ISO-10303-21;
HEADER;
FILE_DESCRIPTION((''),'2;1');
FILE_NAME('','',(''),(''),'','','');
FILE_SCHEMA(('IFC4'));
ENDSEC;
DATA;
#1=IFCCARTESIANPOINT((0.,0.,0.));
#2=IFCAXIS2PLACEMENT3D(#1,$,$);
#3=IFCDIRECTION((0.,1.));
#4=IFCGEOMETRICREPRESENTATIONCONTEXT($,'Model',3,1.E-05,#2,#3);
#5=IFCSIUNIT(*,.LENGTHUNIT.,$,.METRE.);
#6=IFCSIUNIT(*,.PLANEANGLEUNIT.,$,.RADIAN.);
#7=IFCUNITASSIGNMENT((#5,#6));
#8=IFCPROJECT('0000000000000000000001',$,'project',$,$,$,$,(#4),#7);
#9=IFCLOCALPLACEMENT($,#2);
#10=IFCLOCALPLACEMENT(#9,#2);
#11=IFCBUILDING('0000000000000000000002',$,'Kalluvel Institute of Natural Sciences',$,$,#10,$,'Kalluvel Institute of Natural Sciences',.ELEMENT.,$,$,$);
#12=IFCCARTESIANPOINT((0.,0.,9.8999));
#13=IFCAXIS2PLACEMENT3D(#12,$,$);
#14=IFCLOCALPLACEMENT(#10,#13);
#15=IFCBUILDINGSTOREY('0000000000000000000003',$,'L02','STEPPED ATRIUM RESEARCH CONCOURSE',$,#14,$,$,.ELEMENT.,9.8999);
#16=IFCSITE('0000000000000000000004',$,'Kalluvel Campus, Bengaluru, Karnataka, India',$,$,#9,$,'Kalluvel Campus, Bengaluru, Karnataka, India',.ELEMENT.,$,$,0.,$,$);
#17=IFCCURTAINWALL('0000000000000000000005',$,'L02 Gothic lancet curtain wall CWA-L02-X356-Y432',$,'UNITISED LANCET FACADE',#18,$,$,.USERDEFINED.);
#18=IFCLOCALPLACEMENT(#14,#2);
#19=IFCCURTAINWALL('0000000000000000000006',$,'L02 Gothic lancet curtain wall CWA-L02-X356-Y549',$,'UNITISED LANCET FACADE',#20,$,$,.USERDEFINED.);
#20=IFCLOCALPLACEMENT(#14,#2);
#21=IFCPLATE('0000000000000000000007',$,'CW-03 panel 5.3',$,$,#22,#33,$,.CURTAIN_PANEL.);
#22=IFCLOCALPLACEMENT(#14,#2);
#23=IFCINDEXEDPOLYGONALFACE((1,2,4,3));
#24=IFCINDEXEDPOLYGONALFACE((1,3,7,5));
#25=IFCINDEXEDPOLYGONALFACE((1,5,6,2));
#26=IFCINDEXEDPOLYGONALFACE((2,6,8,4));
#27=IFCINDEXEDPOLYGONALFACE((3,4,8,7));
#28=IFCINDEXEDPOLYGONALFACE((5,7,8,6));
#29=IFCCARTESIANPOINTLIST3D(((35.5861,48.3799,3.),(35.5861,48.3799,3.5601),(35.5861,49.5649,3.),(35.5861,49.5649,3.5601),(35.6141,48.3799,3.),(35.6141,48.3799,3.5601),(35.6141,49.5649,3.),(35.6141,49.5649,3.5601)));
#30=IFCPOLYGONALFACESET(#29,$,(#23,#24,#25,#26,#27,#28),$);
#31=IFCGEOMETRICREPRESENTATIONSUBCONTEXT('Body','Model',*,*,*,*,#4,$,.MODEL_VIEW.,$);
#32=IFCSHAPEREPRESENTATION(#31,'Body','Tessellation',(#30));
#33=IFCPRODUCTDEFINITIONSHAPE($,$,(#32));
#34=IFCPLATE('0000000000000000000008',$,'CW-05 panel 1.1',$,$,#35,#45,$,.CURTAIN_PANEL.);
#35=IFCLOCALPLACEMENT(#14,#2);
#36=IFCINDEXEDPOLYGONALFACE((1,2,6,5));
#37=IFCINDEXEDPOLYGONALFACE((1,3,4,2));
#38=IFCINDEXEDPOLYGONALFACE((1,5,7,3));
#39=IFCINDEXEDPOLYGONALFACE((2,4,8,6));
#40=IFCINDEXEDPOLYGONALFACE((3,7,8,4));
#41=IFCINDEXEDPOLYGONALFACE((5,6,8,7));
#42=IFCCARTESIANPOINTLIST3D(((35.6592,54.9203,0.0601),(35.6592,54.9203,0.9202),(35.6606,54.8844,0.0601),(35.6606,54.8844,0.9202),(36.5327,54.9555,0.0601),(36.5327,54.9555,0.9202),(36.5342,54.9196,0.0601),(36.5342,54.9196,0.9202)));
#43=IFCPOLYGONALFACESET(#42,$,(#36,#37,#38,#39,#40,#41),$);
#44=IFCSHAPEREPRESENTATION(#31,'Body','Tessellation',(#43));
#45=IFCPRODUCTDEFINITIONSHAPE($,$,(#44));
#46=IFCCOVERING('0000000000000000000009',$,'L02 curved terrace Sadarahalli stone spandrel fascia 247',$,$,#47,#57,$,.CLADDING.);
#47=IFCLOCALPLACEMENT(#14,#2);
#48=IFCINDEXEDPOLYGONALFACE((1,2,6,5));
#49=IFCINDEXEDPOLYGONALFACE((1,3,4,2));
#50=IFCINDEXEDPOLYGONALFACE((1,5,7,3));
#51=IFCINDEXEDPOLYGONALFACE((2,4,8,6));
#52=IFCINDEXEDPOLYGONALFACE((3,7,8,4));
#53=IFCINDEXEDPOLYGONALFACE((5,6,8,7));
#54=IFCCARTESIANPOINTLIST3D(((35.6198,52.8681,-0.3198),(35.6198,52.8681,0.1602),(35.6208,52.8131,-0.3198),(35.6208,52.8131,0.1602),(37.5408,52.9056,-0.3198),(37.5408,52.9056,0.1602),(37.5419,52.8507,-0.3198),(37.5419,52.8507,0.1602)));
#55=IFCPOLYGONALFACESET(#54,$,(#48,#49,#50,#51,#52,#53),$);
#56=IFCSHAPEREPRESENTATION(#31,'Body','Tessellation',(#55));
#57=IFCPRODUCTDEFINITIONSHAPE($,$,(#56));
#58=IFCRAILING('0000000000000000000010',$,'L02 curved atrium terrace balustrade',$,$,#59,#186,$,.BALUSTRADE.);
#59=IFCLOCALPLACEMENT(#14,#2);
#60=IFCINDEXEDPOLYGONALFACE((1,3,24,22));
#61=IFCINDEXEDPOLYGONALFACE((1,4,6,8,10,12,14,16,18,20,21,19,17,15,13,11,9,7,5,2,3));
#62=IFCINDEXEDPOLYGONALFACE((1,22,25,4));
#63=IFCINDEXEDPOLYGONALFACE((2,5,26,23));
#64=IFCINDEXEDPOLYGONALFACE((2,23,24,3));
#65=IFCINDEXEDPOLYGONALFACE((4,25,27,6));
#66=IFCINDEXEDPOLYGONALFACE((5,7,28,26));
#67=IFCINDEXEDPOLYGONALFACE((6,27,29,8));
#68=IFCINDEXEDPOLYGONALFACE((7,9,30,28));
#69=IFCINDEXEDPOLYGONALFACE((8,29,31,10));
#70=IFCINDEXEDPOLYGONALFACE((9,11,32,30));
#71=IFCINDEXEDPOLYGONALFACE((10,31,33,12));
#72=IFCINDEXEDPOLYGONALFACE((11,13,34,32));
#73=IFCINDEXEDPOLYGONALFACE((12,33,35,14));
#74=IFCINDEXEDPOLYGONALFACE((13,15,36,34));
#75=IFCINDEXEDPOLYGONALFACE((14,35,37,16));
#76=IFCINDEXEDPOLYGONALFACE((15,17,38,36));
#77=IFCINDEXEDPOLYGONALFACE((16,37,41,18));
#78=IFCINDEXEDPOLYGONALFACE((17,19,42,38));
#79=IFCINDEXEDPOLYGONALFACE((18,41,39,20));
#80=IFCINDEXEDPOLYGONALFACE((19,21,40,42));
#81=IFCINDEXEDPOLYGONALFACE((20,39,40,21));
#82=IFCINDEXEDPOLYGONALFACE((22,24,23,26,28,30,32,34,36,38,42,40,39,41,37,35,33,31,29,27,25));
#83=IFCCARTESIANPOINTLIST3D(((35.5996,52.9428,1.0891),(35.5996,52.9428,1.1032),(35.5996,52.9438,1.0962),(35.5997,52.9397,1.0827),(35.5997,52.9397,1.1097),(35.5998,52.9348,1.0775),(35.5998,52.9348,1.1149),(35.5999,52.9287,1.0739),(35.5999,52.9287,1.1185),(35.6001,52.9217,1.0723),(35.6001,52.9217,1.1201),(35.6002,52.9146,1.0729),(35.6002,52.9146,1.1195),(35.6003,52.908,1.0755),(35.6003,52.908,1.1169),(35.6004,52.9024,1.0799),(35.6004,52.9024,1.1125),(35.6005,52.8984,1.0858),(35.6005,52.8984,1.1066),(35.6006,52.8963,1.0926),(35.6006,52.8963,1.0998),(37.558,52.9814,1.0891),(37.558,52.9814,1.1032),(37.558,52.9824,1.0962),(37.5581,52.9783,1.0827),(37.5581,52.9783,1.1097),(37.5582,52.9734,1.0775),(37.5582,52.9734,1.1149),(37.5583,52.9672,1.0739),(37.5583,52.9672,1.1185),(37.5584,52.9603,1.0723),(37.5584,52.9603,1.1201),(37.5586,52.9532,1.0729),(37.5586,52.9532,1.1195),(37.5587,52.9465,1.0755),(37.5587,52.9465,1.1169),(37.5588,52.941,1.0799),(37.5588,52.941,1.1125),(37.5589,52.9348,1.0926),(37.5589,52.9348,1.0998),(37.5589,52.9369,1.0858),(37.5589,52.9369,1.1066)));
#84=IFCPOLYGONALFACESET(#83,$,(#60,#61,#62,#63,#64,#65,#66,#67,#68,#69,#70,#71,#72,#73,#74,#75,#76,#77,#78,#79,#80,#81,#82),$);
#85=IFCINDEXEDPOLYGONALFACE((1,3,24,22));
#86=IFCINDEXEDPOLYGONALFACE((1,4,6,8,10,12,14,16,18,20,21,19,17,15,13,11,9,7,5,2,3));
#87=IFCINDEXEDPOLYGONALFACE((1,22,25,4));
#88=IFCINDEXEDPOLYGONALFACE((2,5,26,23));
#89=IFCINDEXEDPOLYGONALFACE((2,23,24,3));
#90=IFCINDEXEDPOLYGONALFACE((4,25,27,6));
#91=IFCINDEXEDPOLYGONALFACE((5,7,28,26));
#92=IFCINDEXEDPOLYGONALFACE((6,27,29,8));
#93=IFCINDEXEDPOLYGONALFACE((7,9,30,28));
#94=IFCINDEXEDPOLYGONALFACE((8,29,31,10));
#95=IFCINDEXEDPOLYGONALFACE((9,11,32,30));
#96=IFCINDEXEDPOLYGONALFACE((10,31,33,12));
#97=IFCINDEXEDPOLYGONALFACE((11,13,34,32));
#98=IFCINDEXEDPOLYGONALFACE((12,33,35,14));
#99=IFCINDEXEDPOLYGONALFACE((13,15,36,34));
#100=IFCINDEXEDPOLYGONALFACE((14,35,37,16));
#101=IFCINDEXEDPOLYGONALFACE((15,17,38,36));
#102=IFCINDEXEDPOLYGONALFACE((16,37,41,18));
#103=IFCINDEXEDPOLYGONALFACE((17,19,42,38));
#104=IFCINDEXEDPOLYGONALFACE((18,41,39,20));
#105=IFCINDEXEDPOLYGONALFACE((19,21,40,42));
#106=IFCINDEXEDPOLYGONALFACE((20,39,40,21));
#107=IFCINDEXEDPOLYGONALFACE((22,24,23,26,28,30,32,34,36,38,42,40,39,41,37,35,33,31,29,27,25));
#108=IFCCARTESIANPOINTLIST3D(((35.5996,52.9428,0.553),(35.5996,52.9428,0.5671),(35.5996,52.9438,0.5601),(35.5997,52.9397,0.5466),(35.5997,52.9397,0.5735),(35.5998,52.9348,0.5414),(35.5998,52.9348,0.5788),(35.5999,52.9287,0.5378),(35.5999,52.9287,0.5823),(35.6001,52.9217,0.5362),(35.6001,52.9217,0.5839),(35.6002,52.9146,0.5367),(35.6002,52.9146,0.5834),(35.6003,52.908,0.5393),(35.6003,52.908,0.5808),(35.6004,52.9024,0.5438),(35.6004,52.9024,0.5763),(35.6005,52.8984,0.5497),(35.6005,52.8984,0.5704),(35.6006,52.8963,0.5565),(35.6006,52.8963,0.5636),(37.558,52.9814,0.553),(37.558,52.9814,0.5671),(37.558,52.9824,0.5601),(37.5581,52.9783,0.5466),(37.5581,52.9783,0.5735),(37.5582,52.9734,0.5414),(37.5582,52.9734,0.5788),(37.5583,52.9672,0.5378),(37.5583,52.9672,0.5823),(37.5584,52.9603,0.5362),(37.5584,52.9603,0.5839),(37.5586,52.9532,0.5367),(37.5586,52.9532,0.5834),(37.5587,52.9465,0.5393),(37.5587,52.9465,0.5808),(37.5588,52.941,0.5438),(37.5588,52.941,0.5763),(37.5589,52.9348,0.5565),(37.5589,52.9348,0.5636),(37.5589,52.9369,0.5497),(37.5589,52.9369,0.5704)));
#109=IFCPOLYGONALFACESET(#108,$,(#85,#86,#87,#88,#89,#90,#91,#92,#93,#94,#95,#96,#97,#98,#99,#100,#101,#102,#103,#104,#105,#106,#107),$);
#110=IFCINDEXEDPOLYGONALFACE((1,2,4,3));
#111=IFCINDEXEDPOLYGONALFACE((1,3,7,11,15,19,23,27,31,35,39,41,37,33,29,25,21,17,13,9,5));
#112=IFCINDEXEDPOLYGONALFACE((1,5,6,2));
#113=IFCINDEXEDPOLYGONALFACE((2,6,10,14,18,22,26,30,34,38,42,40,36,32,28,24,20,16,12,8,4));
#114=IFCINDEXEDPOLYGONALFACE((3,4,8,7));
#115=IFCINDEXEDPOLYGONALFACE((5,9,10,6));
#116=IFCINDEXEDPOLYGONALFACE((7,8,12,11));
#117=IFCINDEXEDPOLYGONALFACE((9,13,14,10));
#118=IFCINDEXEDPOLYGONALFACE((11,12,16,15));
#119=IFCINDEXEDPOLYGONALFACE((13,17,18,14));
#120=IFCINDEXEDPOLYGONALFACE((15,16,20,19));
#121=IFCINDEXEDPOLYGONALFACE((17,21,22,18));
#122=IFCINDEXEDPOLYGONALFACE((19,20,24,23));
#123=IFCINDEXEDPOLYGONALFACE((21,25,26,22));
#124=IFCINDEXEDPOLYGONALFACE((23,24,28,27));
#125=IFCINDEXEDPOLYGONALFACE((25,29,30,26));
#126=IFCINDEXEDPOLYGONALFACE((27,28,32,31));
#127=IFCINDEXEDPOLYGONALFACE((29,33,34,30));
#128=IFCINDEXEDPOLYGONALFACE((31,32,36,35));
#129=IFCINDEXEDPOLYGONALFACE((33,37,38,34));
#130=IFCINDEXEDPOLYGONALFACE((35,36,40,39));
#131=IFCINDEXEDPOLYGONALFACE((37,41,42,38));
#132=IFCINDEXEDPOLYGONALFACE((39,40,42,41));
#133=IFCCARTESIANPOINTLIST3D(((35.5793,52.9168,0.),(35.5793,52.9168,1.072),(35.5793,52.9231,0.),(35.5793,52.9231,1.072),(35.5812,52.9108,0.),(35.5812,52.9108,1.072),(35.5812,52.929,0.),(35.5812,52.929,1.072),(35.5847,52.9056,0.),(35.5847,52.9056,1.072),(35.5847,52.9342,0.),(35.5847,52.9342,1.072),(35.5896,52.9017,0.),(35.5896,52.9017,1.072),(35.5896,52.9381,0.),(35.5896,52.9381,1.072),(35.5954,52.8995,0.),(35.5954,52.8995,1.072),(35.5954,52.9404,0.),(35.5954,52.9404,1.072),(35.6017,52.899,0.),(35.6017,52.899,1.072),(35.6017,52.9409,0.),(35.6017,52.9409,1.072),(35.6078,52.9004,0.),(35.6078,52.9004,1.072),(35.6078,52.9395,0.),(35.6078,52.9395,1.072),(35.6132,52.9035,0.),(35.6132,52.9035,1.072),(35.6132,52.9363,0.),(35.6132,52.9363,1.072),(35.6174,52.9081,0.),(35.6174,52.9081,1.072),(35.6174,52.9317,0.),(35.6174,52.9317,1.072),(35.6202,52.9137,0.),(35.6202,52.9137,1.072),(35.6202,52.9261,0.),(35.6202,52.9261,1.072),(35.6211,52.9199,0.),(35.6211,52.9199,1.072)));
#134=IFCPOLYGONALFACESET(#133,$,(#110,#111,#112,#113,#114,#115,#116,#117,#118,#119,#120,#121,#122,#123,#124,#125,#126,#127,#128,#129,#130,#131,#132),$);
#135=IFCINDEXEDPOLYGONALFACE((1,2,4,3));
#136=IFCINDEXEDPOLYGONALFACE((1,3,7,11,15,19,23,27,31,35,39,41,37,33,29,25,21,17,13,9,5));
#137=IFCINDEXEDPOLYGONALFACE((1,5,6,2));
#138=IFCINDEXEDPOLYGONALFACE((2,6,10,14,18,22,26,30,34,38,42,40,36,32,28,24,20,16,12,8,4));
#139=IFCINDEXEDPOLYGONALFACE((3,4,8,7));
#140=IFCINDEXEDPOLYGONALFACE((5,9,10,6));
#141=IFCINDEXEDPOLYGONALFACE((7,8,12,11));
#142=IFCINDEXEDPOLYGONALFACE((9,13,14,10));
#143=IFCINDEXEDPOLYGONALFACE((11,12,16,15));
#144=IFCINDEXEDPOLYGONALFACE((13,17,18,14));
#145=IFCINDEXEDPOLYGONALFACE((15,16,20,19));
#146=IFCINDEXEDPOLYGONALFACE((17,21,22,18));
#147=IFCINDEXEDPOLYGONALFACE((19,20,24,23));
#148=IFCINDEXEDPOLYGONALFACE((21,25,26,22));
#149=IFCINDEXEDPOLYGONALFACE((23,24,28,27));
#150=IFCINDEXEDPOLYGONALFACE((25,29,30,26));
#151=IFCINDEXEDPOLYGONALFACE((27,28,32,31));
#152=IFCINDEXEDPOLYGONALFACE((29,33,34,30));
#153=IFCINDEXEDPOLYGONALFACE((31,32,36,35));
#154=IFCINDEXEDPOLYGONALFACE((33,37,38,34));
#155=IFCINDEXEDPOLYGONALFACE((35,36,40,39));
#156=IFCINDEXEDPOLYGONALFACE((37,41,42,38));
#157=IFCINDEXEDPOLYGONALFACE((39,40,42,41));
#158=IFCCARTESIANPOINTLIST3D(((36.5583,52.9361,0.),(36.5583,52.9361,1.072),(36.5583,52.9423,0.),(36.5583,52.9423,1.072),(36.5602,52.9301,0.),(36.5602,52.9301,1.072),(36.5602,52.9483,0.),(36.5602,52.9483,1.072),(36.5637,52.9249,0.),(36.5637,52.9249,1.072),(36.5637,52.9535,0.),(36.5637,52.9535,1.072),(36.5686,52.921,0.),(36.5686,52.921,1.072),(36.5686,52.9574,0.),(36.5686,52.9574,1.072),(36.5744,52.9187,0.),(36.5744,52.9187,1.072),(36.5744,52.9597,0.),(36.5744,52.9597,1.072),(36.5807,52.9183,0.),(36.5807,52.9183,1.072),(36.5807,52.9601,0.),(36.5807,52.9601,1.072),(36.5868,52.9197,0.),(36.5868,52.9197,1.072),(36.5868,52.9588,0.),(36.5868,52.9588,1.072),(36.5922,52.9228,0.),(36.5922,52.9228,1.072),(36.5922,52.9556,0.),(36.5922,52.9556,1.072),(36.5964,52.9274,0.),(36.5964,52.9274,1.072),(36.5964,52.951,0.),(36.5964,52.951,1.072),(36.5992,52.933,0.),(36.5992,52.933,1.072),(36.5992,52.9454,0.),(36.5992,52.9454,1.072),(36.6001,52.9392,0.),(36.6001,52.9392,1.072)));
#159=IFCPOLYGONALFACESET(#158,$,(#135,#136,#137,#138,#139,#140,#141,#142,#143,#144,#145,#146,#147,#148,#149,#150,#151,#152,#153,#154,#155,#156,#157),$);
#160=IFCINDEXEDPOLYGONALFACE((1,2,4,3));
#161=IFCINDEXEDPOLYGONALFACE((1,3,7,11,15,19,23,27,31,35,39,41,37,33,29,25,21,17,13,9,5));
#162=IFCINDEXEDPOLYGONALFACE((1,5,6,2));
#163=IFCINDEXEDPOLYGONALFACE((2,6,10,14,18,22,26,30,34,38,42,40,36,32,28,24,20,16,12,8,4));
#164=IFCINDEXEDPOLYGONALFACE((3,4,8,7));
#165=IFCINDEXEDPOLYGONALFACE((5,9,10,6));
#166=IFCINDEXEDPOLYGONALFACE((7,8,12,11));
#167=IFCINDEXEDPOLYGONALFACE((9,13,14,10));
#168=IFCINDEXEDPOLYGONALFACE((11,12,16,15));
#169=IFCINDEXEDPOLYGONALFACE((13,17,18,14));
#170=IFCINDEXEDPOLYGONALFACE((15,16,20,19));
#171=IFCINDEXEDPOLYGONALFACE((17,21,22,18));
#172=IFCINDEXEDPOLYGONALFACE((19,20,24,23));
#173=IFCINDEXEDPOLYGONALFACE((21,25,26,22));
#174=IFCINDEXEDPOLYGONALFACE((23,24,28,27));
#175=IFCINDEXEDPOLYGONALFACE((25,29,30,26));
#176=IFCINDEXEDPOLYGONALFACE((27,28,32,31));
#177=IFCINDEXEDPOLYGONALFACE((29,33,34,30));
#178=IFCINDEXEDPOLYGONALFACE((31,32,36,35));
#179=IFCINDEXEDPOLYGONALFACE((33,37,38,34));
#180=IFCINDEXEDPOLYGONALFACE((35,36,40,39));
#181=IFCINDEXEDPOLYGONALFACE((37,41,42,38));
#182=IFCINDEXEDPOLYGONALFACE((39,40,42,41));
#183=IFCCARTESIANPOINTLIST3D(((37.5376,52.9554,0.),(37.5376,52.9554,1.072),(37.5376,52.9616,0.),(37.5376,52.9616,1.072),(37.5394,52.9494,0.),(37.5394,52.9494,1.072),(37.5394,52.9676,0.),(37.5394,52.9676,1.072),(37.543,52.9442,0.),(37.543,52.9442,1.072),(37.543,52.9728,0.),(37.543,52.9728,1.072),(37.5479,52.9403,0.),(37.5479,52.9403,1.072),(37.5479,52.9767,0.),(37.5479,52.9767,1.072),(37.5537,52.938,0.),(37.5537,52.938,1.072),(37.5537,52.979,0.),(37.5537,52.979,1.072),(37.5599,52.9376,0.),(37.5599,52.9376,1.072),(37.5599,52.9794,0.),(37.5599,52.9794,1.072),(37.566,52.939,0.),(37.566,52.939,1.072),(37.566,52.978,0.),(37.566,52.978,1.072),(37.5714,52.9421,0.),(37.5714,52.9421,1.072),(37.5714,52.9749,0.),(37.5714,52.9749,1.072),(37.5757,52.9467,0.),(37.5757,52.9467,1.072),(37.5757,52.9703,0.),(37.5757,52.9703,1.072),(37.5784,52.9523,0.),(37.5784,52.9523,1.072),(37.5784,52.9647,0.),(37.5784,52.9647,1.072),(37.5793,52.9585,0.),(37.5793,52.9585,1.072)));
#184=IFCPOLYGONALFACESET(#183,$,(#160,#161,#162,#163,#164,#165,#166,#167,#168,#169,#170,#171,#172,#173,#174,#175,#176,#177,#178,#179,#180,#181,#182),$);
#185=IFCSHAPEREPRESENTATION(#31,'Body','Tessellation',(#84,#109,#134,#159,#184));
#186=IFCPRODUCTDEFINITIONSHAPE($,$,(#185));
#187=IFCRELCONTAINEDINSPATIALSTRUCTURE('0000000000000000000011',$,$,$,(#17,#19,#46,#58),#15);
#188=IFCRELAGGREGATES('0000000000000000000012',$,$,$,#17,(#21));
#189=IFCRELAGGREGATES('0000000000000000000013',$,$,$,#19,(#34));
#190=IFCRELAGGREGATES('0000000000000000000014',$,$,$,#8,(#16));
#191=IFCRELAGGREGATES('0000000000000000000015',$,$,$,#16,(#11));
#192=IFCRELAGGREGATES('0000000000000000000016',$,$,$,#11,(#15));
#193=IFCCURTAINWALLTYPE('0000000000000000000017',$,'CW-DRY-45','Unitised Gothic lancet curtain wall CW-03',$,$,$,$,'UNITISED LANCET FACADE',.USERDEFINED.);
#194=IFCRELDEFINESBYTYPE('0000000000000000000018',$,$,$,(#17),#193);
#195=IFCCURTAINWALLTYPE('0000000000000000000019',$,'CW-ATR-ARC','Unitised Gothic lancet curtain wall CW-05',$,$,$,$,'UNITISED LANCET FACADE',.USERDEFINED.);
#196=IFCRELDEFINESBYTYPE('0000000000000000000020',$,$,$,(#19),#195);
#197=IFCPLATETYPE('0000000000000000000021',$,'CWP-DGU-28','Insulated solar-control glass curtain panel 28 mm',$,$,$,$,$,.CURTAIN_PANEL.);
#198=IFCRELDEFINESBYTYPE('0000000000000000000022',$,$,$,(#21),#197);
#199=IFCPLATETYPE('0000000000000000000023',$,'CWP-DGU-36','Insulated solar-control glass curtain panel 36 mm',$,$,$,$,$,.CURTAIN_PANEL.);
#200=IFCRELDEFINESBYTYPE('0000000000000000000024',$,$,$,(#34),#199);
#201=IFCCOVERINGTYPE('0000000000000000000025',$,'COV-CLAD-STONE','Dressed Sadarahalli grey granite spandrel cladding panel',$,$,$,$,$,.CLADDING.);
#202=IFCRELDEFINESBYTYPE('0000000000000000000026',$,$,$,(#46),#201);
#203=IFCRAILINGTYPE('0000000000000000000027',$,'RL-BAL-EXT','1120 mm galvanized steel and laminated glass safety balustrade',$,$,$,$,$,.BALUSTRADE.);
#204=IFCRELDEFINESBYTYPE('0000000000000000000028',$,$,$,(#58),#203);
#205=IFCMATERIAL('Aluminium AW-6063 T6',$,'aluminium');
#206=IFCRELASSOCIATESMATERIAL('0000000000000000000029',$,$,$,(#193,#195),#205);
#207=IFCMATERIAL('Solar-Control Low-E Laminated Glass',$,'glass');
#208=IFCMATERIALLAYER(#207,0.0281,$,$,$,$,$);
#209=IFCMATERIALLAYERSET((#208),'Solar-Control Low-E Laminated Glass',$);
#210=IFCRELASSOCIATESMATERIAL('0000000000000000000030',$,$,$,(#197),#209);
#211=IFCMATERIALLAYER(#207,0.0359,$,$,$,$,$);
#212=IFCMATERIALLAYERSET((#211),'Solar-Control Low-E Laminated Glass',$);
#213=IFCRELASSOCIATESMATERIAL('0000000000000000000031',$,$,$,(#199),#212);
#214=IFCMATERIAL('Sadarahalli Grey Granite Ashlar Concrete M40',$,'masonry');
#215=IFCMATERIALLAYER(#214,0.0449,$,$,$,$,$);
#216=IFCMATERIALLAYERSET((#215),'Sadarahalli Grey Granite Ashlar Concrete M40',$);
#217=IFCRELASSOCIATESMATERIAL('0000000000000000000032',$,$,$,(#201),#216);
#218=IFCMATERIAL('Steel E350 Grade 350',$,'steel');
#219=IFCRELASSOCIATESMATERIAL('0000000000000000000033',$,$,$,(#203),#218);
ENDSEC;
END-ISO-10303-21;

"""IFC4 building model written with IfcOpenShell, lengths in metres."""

from ifc_helpers import new_model, si_unit, direction, frame, origin, origin_2d, place, context, subcontext, project, spatial, rectangle, circle, extrude, material, layer, layer_set, type_object, element, aggregate, save


model = new_model("IFC4")

# Units and contexts
model_context = context("Model", 3, precision=1e-05, world=origin(), true_north=direction((0.0, 1.0)))
body_context = subcontext(model_context, "Body", "Model", "MODEL_VIEW")
ifc_project = project(units=[si_unit("LENGTHUNIT", "METRE"), si_unit("PLANEANGLEUNIT", "RADIAN")], contexts=[model_context])

# Site, building, storey
site_placement = place(None, origin())
site = spatial("IfcSite", under=ifc_project, at=site_placement, Name="Kalluvel Campus, Bengaluru, Karnataka, India", LongName="Kalluvel Campus, Bengaluru, Karnataka, India", CompositionType="ELEMENT", RefElevation=0.0)
building_placement = place(site_placement, origin())
building = spatial("IfcBuilding", under=site, at=building_placement, Name="Kalluvel Institute of Natural Sciences", LongName="Kalluvel Institute of Natural Sciences", CompositionType="ELEMENT")
storey_placement = place(building_placement, frame((0.0, 0.0, 9.8999)))
storey = spatial("IfcBuildingStorey", under=building, at=storey_placement, Name="L02", Description="STEPPED ATRIUM RESEARCH CONCOURSE", CompositionType="ELEMENT", Elevation=9.8999)

# Curtain wall
ifc_material_1 = material(Name="Aluminium AW-6063 T6", Category="aluminium")
curtain_wall_type_1 = type_object("IfcCurtainWallType", Name="CW-DRY-45", Description="Unitised Gothic lancet curtain wall CW-03", ElementType="UNITISED LANCET FACADE", PredefinedType="USERDEFINED", material=ifc_material_1)
curtain_wall_1_placement = place(storey_placement, origin())
curtain_wall_1 = element("IfcCurtainWall", 1, at=curtain_wall_1_placement, inside=storey, type_object=curtain_wall_type_1, Name="L02 Gothic lancet curtain wall CWA-L02-X356-Y432", ObjectType="UNITISED LANCET FACADE", PredefinedType="USERDEFINED")

# Curtain wall
curtain_wall_type_2 = type_object("IfcCurtainWallType", Name="CW-ATR-ARC", Description="Unitised Gothic lancet curtain wall CW-05", ElementType="UNITISED LANCET FACADE", PredefinedType="USERDEFINED", material=ifc_material_1)
curtain_wall_2_placement = place(storey_placement, origin())
curtain_wall_2 = element("IfcCurtainWall", 2, at=curtain_wall_2_placement, inside=storey, type_object=curtain_wall_type_2, Name="L02 Gothic lancet curtain wall CWA-L02-X356-Y549", ObjectType="UNITISED LANCET FACADE", PredefinedType="USERDEFINED")

# Plates
ifc_material_2 = material(Name="Solar-Control Low-E Laminated Glass", Category="glass")
ifc_layer_1 = layer(ifc_material_2, 0.0281)
ifc_layer_set_1 = layer_set([ifc_layer_1], Name="Solar-Control Low-E Laminated Glass")
plate_type_1 = type_object("IfcPlateType", Name="CWP-DGU-28", Description="Insulated solar-control glass curtain panel 28 mm", PredefinedType="CURTAIN_PANEL", material=ifc_layer_set_1)
plate_1_placement = place(storey_placement, frame((35.6001, 48.9724, 3.0), z_axis=(0.0, 0.0, 1.0), x_axis=(0.0, 1.0, 0.0)))
plate_1 = element("IfcPlate", 3, at=plate_1_placement, type_object=plate_type_1, Name="CW-03 panel 5.3", PredefinedType="CURTAIN_PANEL", context=body_context, shape_type="SweptSolid", body=[
    extrude(rectangle(XDim=1.1851, YDim=0.0281, at=origin_2d()), origin(), (0.0, 0.0, 1.0), 0.5601),
])
aggregate(curtain_wall_1, [plate_1])
ifc_layer_2 = layer(ifc_material_2, 0.0359)
ifc_layer_set_2 = layer_set([ifc_layer_2], Name="Solar-Control Low-E Laminated Glass")
plate_type_2 = type_object("IfcPlateType", Name="CWP-DGU-36", Description="Insulated solar-control glass curtain panel 36 mm", PredefinedType="CURTAIN_PANEL", material=ifc_layer_set_2)
plate_2_placement = place(storey_placement, frame((36.0967, 54.9199, 0.0601), z_axis=(0.0, 0.0, 1.0), x_axis=(0.999189, 0.04026, 0.0)))
plate_2 = element("IfcPlate", 4, at=plate_2_placement, type_object=plate_type_2, Name="CW-05 panel 1.1", PredefinedType="CURTAIN_PANEL", context=body_context, shape_type="SweptSolid", body=[
    extrude(rectangle(XDim=0.8743, YDim=0.0359, at=origin_2d()), origin(), (0.0, 0.0, 1.0), 0.8601),
])
aggregate(curtain_wall_2, [plate_2])

# Covering
ifc_material_3 = material(Name="Sadarahalli Grey Granite Ashlar Concrete M40", Category="masonry")
ifc_layer_3 = layer(ifc_material_3, 0.0449)
ifc_layer_set_3 = layer_set([ifc_layer_3], Name="Sadarahalli Grey Granite Ashlar Concrete M40")
covering_type = type_object("IfcCoveringType", Name="COV-CLAD-STONE", Description="Dressed Sadarahalli grey granite spandrel cladding panel", PredefinedType="CLADDING", material=ifc_layer_set_3)
covering_placement = place(storey_placement, frame((36.5808, 52.8594, -0.3198), z_axis=(0.0, 0.0, 1.0), x_axis=(0.999809, 0.019546, 0.0)))
element("IfcCovering", 5, at=covering_placement, inside=storey, type_object=covering_type, Name="L02 curved terrace Sadarahalli stone spandrel fascia 247", PredefinedType="CLADDING", context=body_context, shape_type="SweptSolid", body=[
    extrude(rectangle(XDim=1.9214, YDim=0.0549, at=origin_2d()), origin(), (0.0, 0.0, 1.0), 0.48),
])

# Railing
ifc_material_4 = material(Name="Steel E350 Grade 350", Category="steel")
railing_type = type_object("IfcRailingType", Name="RL-BAL-EXT", Description="1120 mm galvanized steel and laminated glass safety balustrade", PredefinedType="BALUSTRADE", material=ifc_material_4)
railing_1_placement = place(storey_placement, frame((35.6001, 52.9199, 0.0)))
element("IfcRailing", 6, at=railing_1_placement, inside=storey, type_object=railing_type, Name="L02 curved atrium terrace balustrade", PredefinedType="BALUSTRADE", context=body_context, shape_type="SweptSolid", body=[
    extrude(circle(Radius=0.0239, at=origin_2d()), frame((0.0, 0.0, 1.0962), z_axis=(0.999806, 0.019694, 0.0), x_axis=(-0.019694, 0.999806, 0.0)), (0.0, 0.0, 1.0), 1.9587),
    extrude(circle(Radius=0.0239, at=origin_2d()), frame((0.0, 0.0, 0.5601), z_axis=(0.999806, 0.019694, 0.0), x_axis=(-0.019694, 0.999806, 0.0)), (0.0, 0.0, 1.0), 1.9587),
    extrude(circle(Radius=0.021, at=origin_2d()), origin(), (0.0, 0.0, 1.0), 1.072),
    extrude(circle(Radius=0.021, at=origin_2d()), frame((0.979, 0.0193, 0.0)), (0.0, 0.0, 1.0), 1.072),
    extrude(circle(Radius=0.021, at=origin_2d()), frame((1.9583, 0.0386, 0.0)), (0.0, 0.0, 1.0), 1.072),
])

save(model, "model.ifc")
